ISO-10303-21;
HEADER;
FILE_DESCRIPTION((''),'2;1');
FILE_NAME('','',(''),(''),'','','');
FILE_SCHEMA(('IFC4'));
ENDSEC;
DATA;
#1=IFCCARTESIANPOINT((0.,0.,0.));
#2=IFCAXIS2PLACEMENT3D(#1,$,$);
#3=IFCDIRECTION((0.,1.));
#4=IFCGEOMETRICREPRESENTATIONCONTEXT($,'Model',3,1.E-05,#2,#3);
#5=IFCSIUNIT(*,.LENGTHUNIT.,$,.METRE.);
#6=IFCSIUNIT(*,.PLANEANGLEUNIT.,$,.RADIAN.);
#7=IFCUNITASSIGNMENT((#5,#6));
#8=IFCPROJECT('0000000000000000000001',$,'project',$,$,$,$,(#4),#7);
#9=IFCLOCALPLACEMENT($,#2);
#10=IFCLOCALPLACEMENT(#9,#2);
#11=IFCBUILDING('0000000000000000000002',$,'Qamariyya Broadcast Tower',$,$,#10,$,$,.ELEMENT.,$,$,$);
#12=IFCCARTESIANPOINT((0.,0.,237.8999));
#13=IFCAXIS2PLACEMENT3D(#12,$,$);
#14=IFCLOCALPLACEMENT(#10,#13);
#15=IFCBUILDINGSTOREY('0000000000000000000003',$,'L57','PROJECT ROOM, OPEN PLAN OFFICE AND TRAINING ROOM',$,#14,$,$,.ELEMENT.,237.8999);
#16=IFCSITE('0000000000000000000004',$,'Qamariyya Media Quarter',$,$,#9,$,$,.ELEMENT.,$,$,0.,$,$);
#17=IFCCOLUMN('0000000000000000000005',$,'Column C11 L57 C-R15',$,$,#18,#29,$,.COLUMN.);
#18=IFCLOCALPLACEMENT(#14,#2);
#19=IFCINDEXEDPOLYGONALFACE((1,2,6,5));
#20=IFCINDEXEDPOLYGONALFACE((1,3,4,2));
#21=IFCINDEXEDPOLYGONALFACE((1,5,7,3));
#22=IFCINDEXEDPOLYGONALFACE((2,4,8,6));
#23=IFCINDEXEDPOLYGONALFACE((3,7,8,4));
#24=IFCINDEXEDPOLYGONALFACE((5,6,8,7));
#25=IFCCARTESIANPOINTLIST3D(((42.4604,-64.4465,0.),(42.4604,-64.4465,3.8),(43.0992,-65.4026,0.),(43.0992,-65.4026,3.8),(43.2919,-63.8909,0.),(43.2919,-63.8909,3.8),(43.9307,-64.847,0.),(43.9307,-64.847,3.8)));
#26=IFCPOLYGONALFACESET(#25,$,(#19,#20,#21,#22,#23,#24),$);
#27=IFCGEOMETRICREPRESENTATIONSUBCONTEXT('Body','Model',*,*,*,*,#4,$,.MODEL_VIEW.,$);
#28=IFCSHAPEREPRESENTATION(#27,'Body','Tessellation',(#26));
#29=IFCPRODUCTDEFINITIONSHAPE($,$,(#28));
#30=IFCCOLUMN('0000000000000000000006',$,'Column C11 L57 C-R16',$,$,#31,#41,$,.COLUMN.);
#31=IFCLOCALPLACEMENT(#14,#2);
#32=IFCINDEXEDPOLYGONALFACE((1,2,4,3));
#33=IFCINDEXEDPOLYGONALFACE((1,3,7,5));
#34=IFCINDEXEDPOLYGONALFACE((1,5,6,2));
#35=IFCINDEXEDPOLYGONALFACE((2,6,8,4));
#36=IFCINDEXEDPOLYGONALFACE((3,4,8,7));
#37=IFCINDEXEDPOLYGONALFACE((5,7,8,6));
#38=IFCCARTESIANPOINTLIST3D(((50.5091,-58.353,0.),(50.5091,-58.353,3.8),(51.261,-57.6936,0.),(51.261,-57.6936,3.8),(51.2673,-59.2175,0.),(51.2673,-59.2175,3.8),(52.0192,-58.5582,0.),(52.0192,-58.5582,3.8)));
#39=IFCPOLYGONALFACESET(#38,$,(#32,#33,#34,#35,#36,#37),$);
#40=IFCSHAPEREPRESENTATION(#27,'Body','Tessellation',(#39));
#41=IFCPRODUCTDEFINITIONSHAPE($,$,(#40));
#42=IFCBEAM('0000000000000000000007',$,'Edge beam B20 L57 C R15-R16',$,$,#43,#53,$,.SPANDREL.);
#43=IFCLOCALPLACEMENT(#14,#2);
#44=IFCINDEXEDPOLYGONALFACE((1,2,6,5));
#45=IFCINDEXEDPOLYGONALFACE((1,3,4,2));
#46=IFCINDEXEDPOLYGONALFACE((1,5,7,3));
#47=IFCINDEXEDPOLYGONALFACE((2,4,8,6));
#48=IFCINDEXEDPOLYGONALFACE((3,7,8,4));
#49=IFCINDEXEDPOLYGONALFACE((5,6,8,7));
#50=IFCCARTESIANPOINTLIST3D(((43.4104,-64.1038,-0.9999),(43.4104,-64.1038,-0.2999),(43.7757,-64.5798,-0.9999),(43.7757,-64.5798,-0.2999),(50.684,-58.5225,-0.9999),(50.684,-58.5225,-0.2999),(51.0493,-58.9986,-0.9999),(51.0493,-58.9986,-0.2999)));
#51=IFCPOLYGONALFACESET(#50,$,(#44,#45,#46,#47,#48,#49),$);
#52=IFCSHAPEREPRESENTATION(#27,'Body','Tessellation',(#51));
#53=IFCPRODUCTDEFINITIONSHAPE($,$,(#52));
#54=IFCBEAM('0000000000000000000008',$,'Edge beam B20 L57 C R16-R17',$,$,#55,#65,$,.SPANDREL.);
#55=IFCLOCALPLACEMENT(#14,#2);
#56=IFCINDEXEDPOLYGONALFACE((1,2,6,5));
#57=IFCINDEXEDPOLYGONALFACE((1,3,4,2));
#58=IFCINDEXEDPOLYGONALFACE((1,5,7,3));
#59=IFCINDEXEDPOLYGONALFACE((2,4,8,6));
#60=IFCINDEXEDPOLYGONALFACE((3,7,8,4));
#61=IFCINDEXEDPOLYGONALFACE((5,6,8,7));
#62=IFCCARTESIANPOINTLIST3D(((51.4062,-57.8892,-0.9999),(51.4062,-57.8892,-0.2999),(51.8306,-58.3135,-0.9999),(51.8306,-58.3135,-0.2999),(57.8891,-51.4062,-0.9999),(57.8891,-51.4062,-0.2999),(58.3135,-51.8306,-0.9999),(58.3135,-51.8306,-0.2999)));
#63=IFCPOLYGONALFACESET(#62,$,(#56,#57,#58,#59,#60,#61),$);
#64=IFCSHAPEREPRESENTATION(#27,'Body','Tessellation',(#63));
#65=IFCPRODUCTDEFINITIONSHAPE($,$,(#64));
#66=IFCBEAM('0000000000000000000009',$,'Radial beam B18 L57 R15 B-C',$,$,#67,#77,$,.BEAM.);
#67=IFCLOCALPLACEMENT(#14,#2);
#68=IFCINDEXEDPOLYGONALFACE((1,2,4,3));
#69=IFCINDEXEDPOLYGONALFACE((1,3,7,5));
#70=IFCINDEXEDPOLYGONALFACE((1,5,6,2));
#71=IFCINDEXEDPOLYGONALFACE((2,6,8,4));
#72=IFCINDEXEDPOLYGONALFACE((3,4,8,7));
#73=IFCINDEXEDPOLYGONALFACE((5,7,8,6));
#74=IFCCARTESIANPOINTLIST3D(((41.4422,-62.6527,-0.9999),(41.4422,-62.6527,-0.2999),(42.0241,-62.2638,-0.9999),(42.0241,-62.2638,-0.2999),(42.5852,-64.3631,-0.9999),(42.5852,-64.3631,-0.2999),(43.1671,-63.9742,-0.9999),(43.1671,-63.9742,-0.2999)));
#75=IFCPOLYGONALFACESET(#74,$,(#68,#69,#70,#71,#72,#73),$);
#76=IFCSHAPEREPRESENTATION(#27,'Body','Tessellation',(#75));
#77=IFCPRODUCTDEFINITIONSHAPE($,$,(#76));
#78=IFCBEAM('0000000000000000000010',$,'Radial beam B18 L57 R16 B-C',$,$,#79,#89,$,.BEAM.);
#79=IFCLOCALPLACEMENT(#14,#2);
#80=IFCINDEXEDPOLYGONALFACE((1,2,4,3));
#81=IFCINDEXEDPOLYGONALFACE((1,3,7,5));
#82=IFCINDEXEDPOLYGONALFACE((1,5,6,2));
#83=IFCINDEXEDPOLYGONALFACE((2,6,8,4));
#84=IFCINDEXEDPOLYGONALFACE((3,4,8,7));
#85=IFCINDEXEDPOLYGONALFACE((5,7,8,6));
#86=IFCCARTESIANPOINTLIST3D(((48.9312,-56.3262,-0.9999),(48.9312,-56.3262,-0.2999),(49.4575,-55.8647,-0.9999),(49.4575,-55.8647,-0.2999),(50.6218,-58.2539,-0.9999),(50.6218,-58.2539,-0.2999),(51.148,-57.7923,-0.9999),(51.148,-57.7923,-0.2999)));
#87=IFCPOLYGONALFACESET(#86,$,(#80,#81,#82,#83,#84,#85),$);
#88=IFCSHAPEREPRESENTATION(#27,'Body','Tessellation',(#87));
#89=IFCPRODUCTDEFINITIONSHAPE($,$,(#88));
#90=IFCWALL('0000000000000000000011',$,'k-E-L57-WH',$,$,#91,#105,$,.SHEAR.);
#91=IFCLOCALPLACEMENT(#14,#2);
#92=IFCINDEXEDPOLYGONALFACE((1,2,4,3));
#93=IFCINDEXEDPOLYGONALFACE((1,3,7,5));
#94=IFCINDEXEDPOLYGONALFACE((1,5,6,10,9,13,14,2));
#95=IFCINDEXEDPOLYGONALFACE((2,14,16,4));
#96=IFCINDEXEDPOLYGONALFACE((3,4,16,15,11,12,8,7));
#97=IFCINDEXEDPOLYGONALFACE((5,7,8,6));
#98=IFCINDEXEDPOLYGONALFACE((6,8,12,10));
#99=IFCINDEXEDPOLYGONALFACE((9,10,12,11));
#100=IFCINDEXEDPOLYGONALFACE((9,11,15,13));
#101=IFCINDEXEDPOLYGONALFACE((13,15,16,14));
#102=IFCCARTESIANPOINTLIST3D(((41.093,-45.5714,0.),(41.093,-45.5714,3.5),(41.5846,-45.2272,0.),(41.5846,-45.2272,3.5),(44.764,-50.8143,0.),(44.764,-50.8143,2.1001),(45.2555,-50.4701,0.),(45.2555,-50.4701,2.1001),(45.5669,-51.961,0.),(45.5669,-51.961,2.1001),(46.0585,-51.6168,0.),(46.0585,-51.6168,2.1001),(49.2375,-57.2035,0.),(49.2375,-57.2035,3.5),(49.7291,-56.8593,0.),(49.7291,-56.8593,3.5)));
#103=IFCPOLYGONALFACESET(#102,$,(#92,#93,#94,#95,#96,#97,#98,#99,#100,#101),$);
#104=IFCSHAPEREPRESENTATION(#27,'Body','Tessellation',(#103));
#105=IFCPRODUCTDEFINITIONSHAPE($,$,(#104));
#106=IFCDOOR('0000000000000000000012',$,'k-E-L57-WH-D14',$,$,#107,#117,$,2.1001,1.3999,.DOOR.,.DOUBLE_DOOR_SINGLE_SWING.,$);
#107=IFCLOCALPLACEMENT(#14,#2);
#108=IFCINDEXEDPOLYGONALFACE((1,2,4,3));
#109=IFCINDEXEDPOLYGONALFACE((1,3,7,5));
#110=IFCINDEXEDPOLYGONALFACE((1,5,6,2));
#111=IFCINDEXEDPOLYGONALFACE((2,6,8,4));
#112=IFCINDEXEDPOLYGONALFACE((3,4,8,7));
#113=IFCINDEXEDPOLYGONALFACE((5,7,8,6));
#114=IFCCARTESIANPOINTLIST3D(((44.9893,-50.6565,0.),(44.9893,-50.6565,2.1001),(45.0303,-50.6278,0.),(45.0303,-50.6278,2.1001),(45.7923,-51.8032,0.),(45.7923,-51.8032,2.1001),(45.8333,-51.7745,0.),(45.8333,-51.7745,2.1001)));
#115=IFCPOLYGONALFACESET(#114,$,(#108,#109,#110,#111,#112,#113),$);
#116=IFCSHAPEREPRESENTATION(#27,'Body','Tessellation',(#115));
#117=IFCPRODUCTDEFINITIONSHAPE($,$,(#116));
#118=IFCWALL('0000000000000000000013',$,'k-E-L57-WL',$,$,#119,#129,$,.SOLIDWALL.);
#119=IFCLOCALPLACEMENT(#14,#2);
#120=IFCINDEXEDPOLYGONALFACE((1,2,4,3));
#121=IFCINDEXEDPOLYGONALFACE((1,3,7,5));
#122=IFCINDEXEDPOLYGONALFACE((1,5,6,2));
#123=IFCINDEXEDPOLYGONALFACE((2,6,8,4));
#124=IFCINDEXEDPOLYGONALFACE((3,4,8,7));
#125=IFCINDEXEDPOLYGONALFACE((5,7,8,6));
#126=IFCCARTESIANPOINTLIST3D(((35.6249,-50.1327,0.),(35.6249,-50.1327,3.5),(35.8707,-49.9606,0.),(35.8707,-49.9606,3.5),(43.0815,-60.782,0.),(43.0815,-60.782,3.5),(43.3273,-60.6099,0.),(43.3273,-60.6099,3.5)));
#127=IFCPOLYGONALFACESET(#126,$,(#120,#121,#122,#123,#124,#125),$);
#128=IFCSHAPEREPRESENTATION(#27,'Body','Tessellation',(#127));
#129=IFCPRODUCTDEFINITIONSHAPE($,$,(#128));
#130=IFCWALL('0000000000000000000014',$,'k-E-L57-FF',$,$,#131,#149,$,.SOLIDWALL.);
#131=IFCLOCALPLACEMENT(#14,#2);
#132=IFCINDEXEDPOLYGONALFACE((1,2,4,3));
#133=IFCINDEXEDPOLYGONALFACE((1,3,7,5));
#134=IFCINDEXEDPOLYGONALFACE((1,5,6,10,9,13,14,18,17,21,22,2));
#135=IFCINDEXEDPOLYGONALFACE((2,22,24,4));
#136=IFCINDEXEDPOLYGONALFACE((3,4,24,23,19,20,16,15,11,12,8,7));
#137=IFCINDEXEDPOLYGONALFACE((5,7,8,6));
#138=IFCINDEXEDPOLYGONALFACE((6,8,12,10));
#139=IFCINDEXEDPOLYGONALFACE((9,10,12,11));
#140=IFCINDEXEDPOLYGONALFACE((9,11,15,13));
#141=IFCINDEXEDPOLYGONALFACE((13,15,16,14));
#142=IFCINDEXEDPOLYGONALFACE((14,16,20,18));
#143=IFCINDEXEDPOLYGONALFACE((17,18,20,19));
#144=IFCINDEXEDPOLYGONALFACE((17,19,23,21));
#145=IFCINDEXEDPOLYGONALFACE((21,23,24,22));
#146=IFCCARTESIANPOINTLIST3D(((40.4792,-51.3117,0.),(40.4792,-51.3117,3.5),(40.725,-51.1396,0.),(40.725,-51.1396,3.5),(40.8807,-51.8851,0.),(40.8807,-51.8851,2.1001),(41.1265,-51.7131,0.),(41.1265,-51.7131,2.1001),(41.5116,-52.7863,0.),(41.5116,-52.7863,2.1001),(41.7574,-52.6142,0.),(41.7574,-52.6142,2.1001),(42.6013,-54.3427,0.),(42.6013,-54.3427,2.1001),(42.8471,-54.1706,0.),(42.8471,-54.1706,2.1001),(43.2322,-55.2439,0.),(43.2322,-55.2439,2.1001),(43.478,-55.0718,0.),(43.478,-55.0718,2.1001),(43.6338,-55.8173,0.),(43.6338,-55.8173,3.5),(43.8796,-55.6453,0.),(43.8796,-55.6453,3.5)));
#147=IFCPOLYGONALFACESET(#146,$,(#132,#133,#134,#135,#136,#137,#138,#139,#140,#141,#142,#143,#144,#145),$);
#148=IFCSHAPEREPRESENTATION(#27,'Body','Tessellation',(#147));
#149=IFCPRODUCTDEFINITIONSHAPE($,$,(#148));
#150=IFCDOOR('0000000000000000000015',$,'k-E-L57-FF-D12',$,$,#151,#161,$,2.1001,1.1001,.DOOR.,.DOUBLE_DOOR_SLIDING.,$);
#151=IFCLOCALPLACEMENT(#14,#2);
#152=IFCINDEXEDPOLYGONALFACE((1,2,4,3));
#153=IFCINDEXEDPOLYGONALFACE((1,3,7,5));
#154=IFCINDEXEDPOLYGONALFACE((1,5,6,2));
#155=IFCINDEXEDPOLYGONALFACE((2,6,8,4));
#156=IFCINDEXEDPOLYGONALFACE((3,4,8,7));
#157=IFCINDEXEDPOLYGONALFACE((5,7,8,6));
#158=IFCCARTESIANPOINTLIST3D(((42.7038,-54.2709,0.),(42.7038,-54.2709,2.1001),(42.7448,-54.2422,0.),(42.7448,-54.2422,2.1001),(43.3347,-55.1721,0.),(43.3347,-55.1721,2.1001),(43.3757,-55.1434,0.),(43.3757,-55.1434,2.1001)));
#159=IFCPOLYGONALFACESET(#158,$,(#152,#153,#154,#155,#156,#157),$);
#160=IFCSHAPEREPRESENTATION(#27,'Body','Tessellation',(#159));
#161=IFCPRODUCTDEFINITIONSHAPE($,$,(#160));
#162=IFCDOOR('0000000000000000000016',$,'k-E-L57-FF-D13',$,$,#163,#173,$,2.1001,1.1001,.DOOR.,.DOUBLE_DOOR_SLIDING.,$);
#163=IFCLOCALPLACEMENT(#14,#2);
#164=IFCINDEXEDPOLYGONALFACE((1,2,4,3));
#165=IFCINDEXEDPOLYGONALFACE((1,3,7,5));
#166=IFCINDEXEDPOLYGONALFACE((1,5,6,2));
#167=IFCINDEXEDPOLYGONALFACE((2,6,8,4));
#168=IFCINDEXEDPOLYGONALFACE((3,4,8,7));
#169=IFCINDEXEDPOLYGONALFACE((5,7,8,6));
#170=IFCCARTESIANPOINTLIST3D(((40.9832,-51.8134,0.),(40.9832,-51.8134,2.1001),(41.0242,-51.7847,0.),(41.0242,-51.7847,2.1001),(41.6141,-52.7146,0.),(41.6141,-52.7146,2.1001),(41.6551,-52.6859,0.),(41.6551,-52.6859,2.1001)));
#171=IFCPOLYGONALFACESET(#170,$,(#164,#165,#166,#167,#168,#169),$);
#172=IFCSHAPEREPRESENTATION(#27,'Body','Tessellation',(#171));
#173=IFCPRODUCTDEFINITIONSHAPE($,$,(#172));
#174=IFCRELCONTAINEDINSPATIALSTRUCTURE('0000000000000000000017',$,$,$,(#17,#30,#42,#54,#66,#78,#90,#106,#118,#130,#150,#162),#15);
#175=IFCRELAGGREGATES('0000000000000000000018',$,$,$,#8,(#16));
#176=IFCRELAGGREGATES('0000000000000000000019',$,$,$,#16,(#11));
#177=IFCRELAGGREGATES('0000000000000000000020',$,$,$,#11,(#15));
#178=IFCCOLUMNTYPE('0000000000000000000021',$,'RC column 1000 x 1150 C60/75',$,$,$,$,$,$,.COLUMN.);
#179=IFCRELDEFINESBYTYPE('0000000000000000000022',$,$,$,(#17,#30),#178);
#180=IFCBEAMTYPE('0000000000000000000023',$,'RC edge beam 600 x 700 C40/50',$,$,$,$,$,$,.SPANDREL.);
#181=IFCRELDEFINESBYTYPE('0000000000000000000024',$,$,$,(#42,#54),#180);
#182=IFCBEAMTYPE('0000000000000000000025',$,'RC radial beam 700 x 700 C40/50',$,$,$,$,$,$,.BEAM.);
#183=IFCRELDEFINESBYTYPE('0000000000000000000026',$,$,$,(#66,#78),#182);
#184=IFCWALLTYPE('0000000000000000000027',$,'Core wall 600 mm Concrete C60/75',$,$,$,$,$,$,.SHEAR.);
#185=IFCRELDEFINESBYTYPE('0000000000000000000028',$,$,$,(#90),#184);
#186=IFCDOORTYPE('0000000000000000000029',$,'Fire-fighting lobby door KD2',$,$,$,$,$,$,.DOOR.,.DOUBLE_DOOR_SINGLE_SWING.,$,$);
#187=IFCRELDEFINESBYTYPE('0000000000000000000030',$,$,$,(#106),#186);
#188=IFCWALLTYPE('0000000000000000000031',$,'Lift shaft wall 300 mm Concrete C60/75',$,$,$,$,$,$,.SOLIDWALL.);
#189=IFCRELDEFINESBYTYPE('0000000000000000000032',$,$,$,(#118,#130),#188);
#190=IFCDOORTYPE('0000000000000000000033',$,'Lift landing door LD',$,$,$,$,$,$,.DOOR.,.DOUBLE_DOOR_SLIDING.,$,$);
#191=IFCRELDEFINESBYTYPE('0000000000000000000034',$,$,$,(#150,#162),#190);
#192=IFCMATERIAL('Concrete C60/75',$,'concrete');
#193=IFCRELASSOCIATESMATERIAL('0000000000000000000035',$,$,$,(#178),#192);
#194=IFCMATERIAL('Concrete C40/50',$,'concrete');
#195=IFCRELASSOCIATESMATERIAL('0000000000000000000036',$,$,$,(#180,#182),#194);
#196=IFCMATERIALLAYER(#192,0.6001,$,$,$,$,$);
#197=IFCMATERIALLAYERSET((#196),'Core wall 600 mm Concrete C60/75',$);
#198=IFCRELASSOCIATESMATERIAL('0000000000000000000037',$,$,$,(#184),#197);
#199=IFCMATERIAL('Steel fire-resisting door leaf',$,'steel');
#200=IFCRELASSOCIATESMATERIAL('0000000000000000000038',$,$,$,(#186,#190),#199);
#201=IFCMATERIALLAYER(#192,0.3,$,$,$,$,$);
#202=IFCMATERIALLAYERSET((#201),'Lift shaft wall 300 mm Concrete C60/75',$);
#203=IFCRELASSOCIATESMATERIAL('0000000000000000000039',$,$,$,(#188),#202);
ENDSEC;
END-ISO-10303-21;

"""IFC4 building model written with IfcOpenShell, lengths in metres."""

from ifc_helpers import new_model, si_unit, direction, frame, frame_2d, origin, origin_2d, place, context, subcontext, project, spatial, rectangle, extrude, material, layer, layer_set, material_profile, profile_set, type_object, element, fill, save


model = new_model("IFC4")

# Units and contexts
model_context = context("Model", 3, precision=1e-05, world=origin(), true_north=direction((0.0, 1.0)))
body_context = subcontext(model_context, "Body", "Model", "MODEL_VIEW")
ifc_project = project(units=[si_unit("LENGTHUNIT", "METRE"), si_unit("PLANEANGLEUNIT", "RADIAN")], contexts=[model_context])

# Site, building, storey
site_placement = place(None, origin())
site = spatial("IfcSite", under=ifc_project, at=site_placement, Name="Qamariyya Media Quarter", CompositionType="ELEMENT", RefElevation=0.0)
building_placement = place(site_placement, origin())
building = spatial("IfcBuilding", under=site, at=building_placement, Name="Qamariyya Broadcast Tower", CompositionType="ELEMENT")
storey_placement = place(building_placement, frame((0.0, 0.0, 237.8999)))
storey = spatial("IfcBuildingStorey", under=building, at=storey_placement, Name="L57", Description="PROJECT ROOM, OPEN PLAN OFFICE AND TRAINING ROOM", CompositionType="ELEMENT", Elevation=237.8999)

# Columns
ifc_material_1 = material(Name="Concrete C60/75", Category="concrete")
ifc_material_profile_1 = material_profile(ifc_material_1, rectangle(XDim=1.0, YDim=1.1499, at=origin_2d()))
ifc_profile_set_1 = profile_set([ifc_material_profile_1], Name="Concrete C60/75")
column_type = type_object("IfcColumnType", Name="RC column 1000 x 1150 C60/75", PredefinedType="COLUMN", material=ifc_profile_set_1)
for number, where, z_axis, x_axis, name in (
    (1, (43.1956, -64.6467, 0.0), (0.0, 0.0, 1.0), (0.83147, 0.55557, 0.0), "Column C11 L57 C-R15"),
    (2, (51.2642, -58.4556, 0.0), (0.0, 0.0, 1.0), (0.75184, 0.659346, 0.0), "Column C11 L57 C-R16"),
):
    element("IfcColumn", number, at=place(storey_placement, frame(where, z_axis=z_axis, x_axis=x_axis)), inside=storey, type_object=column_type, Name=name, PredefinedType="COLUMN", context=body_context, shape_type="SweptSolid", body=[
        extrude(rectangle(XDim=1.0, YDim=1.1499, at=origin_2d()), origin(), (0.0, 0.0, 1.0), 3.8),
    ])

# Beams
ifc_material_2 = material(Name="Concrete C40/50", Category="concrete")
ifc_material_profile_2 = material_profile(ifc_material_2, rectangle(XDim=0.6001, YDim=0.7, at=origin_2d()))
ifc_profile_set_2 = profile_set([ifc_material_profile_2], Name="Concrete C40/50")
beam_type_1 = type_object("IfcBeamType", Name="RC edge beam 600 x 700 C40/50", PredefinedType="SPANDREL", material=ifc_profile_set_2)
for number, where, z_axis, x_axis, name in (
    (3, (43.593, -64.3418, -0.6499), (0.793353, 0.608762, 0.0), (-0.608762, 0.793353, 0.0), "Edge beam B20 L57 C R15-R16"),
    (4, (51.6184, -58.1013, -0.6499), (0.707107, 0.707107, 0.0), (-0.707107, 0.707107, 0.0), "Edge beam B20 L57 C R16-R17"),
):
    element("IfcBeam", number, at=place(storey_placement, frame(where, z_axis=z_axis, x_axis=x_axis)), inside=storey, type_object=beam_type_1, Name=name, PredefinedType="SPANDREL", context=body_context, shape_type="SweptSolid", body=[
        extrude(rectangle(XDim=0.6001, YDim=0.7, at=origin_2d()), origin(), (0.0, 0.0, 1.0), 9.1682),
    ])
ifc_material_profile_3 = material_profile(ifc_material_2, rectangle(XDim=0.7, YDim=0.7, at=origin_2d()))
ifc_profile_set_3 = profile_set([ifc_material_profile_3], Name="Concrete C40/50")
beam_type_2 = type_object("IfcBeamType", Name="RC radial beam 700 x 700 C40/50", PredefinedType="BEAM", material=ifc_profile_set_3)
beam_1_placement = place(storey_placement, frame((41.7332, -62.4583, -0.6499), z_axis=(0.555631, -0.831429, 0.0), x_axis=(0.831429, 0.555631, 0.0)))
element("IfcBeam", 5, at=beam_1_placement, inside=storey, type_object=beam_type_2, Name="Radial beam B18 L57 R15 B-C", PredefinedType="BEAM", context=body_context, shape_type="SweptSolid", body=[
    extrude(rectangle(XDim=0.7, YDim=0.7, at=origin_2d()), origin(), (0.0, 0.0, 1.0), 2.0571),
])
beam_2_placement = place(storey_placement, frame((49.1943, -56.0955, -0.6499), z_axis=(0.659367, -0.751821, 0.0), x_axis=(0.751821, 0.659367, 0.0)))
element("IfcBeam", 6, at=beam_2_placement, inside=storey, type_object=beam_type_2, Name="Radial beam B18 L57 R16 B-C", PredefinedType="BEAM", context=body_context, shape_type="SweptSolid", body=[
    extrude(rectangle(XDim=0.7, YDim=0.7, at=origin_2d()), origin(), (0.0, 0.0, 1.0), 2.564),
])

# Wall, opening, door
ifc_layer_1 = layer(ifc_material_1, 0.6001)
ifc_layer_set_1 = layer_set([ifc_layer_1], Name="Core wall 600 mm Concrete C60/75")
wall_type_1 = type_object("IfcWallType", Name="Core wall 600 mm Concrete C60/75", PredefinedType="SHEAR", material=ifc_layer_set_1)
wall_1_placement = place(storey_placement, frame((49.4834, -57.0315, 0.0), z_axis=(0.0, 0.0, 1.0), x_axis=(-0.57356, 0.819163, 0.0)))
wall_1 = element("IfcWall", 7, at=wall_1_placement, inside=storey, type_object=wall_type_1, Name="k-E-L57-WH", PredefinedType="SHEAR", context=body_context, shape_type="SweptSolid", body=[
    extrude(rectangle(XDim=14.2, YDim=0.6001, at=frame_2d((7.1001, 0.0))), origin(), (0.0, 0.0, 1.0), 3.5),
])
opening_1_placement = place(wall_1_placement, frame((6.3999, 0.0, 0.0)))
opening_1 = element("IfcOpeningElement", 8, at=opening_1_placement, cuts=wall_1, PredefinedType="OPENING", context=body_context, shape_type="SweptSolid", body=[
    extrude(rectangle(XDim=1.3999, YDim=2.1001, at=frame_2d((0.7, 1.05))), frame((0.0, 0.3101, 0.0), z_axis=(0.0, -1.0, 0.0), x_axis=(1.0, 0.0, 0.0)), (0.0, 0.0, 1.0), 0.6201),
])
ifc_material_3 = material(Name="Steel fire-resisting door leaf", Category="steel")
door_type_1 = type_object("IfcDoorType", Name="Fire-fighting lobby door KD2", OperationType="DOUBLE_DOOR_SINGLE_SWING", PredefinedType="DOOR", material=ifc_material_3)
door_1_placement = place(opening_1_placement, origin())
door_1 = element("IfcDoor", 9, at=door_1_placement, inside=storey, type_object=door_type_1, Name="k-E-L57-WH-D14", OperationType="DOUBLE_DOOR_SINGLE_SWING", OverallHeight=2.1001, OverallWidth=1.3999, PredefinedType="DOOR", context=body_context, shape_type="SweptSolid", body=[
    extrude(rectangle(XDim=1.3999, YDim=2.1001, at=frame_2d((0.7, 1.05))), frame((0.0, 0.0249, 0.0), z_axis=(0.0, -1.0, 0.0), x_axis=(1.0, 0.0, 0.0)), (0.0, 0.0, 1.0), 0.05),
])
fill(opening_1, door_1)

# Wall
ifc_layer_2 = layer(ifc_material_1, 0.3)
ifc_layer_set_2 = layer_set([ifc_layer_2], Name="Lift shaft wall 300 mm Concrete C60/75")
wall_type_2 = type_object("IfcWallType", Name="Lift shaft wall 300 mm Concrete C60/75", PredefinedType="SOLIDWALL", material=ifc_layer_set_2)
wall_2_placement = place(storey_placement, frame((43.2043, -60.6958, 0.0), z_axis=(0.0, 0.0, 1.0), x_axis=(-0.573572, 0.819155, 0.0)))
element("IfcWall", 10, at=wall_2_placement, inside=storey, type_object=wall_type_2, Name="k-E-L57-WL", PredefinedType="SOLIDWALL", context=body_context, shape_type="SweptSolid", body=[
    extrude(rectangle(XDim=13.0002, YDim=0.3, at=frame_2d((6.5, 0.0))), origin(), (0.0, 0.0, 1.0), 3.5),
])

# Wall, openings, doors
wall_3_placement = place(storey_placement, frame((43.7566, -55.7312, 0.0), z_axis=(0.0, 0.0, 1.0), x_axis=(-0.573537, 0.81918, 0.0)))
wall_3 = element("IfcWall", 11, at=wall_3_placement, inside=storey, type_object=wall_type_2, Name="k-E-L57-FF", PredefinedType="SOLIDWALL", context=body_context, shape_type="SweptSolid", body=[
    extrude(rectangle(XDim=5.5002, YDim=0.3, at=frame_2d((2.75, 0.0))), origin(), (0.0, 0.0, 1.0), 3.5),
])
opening_2_placement = place(wall_3_placement, frame((0.7, 0.0, 0.0)))
opening_2 = element("IfcOpeningElement", 12, at=opening_2_placement, cuts=wall_3, PredefinedType="OPENING", context=body_context, shape_type="SweptSolid", body=[
    extrude(rectangle(XDim=1.1001, YDim=2.1001, at=frame_2d((0.55, 1.05))), frame((0.0, 0.1599, 0.0), z_axis=(0.0, -1.0, 0.0), x_axis=(1.0, 0.0, 0.0)), (0.0, 0.0, 1.0), 0.3201),
])
opening_3_placement = place(wall_3_placement, frame((3.7, 0.0, 0.0)))
opening_3 = element("IfcOpeningElement", 13, at=opening_3_placement, cuts=wall_3, PredefinedType="OPENING", context=body_context, shape_type="SweptSolid", body=[
    extrude(rectangle(XDim=1.1001, YDim=2.1001, at=frame_2d((0.55, 1.05))), frame((0.0, 0.1599, 0.0), z_axis=(0.0, -1.0, 0.0), x_axis=(1.0, 0.0, 0.0)), (0.0, 0.0, 1.0), 0.3201),
])
door_type_2 = type_object("IfcDoorType", Name="Lift landing door LD", OperationType="DOUBLE_DOOR_SLIDING", PredefinedType="DOOR", material=ifc_material_3)
door_2_placement = place(opening_2_placement, origin())
door_2 = element("IfcDoor", 14, at=door_2_placement, inside=storey, type_object=door_type_2, Name="k-E-L57-FF-D12", OperationType="DOUBLE_DOOR_SLIDING", OverallHeight=2.1001, OverallWidth=1.1001, PredefinedType="DOOR", context=body_context, shape_type="SweptSolid", body=[
    extrude(rectangle(XDim=1.1001, YDim=2.1001, at=frame_2d((0.55, 1.05))), frame((0.0, 0.0249, 0.0), z_axis=(0.0, -1.0, 0.0), x_axis=(1.0, 0.0, 0.0)), (0.0, 0.0, 1.0), 0.05),
])
fill(opening_2, door_2)
door_3_placement = place(opening_3_placement, origin())
door_3 = element("IfcDoor", 15, at=door_3_placement, inside=storey, type_object=door_type_2, Name="k-E-L57-FF-D13", OperationType="DOUBLE_DOOR_SLIDING", OverallHeight=2.1001, OverallWidth=1.1001, PredefinedType="DOOR", context=body_context, shape_type="SweptSolid", body=[
    extrude(rectangle(XDim=1.1001, YDim=2.1001, at=frame_2d((0.55, 1.05))), frame((0.0, 0.0249, 0.0), z_axis=(0.0, -1.0, 0.0), x_axis=(1.0, 0.0, 0.0)), (0.0, 0.0, 1.0), 0.05),
])
fill(opening_3, door_3)

save(model, "model.ifc")
